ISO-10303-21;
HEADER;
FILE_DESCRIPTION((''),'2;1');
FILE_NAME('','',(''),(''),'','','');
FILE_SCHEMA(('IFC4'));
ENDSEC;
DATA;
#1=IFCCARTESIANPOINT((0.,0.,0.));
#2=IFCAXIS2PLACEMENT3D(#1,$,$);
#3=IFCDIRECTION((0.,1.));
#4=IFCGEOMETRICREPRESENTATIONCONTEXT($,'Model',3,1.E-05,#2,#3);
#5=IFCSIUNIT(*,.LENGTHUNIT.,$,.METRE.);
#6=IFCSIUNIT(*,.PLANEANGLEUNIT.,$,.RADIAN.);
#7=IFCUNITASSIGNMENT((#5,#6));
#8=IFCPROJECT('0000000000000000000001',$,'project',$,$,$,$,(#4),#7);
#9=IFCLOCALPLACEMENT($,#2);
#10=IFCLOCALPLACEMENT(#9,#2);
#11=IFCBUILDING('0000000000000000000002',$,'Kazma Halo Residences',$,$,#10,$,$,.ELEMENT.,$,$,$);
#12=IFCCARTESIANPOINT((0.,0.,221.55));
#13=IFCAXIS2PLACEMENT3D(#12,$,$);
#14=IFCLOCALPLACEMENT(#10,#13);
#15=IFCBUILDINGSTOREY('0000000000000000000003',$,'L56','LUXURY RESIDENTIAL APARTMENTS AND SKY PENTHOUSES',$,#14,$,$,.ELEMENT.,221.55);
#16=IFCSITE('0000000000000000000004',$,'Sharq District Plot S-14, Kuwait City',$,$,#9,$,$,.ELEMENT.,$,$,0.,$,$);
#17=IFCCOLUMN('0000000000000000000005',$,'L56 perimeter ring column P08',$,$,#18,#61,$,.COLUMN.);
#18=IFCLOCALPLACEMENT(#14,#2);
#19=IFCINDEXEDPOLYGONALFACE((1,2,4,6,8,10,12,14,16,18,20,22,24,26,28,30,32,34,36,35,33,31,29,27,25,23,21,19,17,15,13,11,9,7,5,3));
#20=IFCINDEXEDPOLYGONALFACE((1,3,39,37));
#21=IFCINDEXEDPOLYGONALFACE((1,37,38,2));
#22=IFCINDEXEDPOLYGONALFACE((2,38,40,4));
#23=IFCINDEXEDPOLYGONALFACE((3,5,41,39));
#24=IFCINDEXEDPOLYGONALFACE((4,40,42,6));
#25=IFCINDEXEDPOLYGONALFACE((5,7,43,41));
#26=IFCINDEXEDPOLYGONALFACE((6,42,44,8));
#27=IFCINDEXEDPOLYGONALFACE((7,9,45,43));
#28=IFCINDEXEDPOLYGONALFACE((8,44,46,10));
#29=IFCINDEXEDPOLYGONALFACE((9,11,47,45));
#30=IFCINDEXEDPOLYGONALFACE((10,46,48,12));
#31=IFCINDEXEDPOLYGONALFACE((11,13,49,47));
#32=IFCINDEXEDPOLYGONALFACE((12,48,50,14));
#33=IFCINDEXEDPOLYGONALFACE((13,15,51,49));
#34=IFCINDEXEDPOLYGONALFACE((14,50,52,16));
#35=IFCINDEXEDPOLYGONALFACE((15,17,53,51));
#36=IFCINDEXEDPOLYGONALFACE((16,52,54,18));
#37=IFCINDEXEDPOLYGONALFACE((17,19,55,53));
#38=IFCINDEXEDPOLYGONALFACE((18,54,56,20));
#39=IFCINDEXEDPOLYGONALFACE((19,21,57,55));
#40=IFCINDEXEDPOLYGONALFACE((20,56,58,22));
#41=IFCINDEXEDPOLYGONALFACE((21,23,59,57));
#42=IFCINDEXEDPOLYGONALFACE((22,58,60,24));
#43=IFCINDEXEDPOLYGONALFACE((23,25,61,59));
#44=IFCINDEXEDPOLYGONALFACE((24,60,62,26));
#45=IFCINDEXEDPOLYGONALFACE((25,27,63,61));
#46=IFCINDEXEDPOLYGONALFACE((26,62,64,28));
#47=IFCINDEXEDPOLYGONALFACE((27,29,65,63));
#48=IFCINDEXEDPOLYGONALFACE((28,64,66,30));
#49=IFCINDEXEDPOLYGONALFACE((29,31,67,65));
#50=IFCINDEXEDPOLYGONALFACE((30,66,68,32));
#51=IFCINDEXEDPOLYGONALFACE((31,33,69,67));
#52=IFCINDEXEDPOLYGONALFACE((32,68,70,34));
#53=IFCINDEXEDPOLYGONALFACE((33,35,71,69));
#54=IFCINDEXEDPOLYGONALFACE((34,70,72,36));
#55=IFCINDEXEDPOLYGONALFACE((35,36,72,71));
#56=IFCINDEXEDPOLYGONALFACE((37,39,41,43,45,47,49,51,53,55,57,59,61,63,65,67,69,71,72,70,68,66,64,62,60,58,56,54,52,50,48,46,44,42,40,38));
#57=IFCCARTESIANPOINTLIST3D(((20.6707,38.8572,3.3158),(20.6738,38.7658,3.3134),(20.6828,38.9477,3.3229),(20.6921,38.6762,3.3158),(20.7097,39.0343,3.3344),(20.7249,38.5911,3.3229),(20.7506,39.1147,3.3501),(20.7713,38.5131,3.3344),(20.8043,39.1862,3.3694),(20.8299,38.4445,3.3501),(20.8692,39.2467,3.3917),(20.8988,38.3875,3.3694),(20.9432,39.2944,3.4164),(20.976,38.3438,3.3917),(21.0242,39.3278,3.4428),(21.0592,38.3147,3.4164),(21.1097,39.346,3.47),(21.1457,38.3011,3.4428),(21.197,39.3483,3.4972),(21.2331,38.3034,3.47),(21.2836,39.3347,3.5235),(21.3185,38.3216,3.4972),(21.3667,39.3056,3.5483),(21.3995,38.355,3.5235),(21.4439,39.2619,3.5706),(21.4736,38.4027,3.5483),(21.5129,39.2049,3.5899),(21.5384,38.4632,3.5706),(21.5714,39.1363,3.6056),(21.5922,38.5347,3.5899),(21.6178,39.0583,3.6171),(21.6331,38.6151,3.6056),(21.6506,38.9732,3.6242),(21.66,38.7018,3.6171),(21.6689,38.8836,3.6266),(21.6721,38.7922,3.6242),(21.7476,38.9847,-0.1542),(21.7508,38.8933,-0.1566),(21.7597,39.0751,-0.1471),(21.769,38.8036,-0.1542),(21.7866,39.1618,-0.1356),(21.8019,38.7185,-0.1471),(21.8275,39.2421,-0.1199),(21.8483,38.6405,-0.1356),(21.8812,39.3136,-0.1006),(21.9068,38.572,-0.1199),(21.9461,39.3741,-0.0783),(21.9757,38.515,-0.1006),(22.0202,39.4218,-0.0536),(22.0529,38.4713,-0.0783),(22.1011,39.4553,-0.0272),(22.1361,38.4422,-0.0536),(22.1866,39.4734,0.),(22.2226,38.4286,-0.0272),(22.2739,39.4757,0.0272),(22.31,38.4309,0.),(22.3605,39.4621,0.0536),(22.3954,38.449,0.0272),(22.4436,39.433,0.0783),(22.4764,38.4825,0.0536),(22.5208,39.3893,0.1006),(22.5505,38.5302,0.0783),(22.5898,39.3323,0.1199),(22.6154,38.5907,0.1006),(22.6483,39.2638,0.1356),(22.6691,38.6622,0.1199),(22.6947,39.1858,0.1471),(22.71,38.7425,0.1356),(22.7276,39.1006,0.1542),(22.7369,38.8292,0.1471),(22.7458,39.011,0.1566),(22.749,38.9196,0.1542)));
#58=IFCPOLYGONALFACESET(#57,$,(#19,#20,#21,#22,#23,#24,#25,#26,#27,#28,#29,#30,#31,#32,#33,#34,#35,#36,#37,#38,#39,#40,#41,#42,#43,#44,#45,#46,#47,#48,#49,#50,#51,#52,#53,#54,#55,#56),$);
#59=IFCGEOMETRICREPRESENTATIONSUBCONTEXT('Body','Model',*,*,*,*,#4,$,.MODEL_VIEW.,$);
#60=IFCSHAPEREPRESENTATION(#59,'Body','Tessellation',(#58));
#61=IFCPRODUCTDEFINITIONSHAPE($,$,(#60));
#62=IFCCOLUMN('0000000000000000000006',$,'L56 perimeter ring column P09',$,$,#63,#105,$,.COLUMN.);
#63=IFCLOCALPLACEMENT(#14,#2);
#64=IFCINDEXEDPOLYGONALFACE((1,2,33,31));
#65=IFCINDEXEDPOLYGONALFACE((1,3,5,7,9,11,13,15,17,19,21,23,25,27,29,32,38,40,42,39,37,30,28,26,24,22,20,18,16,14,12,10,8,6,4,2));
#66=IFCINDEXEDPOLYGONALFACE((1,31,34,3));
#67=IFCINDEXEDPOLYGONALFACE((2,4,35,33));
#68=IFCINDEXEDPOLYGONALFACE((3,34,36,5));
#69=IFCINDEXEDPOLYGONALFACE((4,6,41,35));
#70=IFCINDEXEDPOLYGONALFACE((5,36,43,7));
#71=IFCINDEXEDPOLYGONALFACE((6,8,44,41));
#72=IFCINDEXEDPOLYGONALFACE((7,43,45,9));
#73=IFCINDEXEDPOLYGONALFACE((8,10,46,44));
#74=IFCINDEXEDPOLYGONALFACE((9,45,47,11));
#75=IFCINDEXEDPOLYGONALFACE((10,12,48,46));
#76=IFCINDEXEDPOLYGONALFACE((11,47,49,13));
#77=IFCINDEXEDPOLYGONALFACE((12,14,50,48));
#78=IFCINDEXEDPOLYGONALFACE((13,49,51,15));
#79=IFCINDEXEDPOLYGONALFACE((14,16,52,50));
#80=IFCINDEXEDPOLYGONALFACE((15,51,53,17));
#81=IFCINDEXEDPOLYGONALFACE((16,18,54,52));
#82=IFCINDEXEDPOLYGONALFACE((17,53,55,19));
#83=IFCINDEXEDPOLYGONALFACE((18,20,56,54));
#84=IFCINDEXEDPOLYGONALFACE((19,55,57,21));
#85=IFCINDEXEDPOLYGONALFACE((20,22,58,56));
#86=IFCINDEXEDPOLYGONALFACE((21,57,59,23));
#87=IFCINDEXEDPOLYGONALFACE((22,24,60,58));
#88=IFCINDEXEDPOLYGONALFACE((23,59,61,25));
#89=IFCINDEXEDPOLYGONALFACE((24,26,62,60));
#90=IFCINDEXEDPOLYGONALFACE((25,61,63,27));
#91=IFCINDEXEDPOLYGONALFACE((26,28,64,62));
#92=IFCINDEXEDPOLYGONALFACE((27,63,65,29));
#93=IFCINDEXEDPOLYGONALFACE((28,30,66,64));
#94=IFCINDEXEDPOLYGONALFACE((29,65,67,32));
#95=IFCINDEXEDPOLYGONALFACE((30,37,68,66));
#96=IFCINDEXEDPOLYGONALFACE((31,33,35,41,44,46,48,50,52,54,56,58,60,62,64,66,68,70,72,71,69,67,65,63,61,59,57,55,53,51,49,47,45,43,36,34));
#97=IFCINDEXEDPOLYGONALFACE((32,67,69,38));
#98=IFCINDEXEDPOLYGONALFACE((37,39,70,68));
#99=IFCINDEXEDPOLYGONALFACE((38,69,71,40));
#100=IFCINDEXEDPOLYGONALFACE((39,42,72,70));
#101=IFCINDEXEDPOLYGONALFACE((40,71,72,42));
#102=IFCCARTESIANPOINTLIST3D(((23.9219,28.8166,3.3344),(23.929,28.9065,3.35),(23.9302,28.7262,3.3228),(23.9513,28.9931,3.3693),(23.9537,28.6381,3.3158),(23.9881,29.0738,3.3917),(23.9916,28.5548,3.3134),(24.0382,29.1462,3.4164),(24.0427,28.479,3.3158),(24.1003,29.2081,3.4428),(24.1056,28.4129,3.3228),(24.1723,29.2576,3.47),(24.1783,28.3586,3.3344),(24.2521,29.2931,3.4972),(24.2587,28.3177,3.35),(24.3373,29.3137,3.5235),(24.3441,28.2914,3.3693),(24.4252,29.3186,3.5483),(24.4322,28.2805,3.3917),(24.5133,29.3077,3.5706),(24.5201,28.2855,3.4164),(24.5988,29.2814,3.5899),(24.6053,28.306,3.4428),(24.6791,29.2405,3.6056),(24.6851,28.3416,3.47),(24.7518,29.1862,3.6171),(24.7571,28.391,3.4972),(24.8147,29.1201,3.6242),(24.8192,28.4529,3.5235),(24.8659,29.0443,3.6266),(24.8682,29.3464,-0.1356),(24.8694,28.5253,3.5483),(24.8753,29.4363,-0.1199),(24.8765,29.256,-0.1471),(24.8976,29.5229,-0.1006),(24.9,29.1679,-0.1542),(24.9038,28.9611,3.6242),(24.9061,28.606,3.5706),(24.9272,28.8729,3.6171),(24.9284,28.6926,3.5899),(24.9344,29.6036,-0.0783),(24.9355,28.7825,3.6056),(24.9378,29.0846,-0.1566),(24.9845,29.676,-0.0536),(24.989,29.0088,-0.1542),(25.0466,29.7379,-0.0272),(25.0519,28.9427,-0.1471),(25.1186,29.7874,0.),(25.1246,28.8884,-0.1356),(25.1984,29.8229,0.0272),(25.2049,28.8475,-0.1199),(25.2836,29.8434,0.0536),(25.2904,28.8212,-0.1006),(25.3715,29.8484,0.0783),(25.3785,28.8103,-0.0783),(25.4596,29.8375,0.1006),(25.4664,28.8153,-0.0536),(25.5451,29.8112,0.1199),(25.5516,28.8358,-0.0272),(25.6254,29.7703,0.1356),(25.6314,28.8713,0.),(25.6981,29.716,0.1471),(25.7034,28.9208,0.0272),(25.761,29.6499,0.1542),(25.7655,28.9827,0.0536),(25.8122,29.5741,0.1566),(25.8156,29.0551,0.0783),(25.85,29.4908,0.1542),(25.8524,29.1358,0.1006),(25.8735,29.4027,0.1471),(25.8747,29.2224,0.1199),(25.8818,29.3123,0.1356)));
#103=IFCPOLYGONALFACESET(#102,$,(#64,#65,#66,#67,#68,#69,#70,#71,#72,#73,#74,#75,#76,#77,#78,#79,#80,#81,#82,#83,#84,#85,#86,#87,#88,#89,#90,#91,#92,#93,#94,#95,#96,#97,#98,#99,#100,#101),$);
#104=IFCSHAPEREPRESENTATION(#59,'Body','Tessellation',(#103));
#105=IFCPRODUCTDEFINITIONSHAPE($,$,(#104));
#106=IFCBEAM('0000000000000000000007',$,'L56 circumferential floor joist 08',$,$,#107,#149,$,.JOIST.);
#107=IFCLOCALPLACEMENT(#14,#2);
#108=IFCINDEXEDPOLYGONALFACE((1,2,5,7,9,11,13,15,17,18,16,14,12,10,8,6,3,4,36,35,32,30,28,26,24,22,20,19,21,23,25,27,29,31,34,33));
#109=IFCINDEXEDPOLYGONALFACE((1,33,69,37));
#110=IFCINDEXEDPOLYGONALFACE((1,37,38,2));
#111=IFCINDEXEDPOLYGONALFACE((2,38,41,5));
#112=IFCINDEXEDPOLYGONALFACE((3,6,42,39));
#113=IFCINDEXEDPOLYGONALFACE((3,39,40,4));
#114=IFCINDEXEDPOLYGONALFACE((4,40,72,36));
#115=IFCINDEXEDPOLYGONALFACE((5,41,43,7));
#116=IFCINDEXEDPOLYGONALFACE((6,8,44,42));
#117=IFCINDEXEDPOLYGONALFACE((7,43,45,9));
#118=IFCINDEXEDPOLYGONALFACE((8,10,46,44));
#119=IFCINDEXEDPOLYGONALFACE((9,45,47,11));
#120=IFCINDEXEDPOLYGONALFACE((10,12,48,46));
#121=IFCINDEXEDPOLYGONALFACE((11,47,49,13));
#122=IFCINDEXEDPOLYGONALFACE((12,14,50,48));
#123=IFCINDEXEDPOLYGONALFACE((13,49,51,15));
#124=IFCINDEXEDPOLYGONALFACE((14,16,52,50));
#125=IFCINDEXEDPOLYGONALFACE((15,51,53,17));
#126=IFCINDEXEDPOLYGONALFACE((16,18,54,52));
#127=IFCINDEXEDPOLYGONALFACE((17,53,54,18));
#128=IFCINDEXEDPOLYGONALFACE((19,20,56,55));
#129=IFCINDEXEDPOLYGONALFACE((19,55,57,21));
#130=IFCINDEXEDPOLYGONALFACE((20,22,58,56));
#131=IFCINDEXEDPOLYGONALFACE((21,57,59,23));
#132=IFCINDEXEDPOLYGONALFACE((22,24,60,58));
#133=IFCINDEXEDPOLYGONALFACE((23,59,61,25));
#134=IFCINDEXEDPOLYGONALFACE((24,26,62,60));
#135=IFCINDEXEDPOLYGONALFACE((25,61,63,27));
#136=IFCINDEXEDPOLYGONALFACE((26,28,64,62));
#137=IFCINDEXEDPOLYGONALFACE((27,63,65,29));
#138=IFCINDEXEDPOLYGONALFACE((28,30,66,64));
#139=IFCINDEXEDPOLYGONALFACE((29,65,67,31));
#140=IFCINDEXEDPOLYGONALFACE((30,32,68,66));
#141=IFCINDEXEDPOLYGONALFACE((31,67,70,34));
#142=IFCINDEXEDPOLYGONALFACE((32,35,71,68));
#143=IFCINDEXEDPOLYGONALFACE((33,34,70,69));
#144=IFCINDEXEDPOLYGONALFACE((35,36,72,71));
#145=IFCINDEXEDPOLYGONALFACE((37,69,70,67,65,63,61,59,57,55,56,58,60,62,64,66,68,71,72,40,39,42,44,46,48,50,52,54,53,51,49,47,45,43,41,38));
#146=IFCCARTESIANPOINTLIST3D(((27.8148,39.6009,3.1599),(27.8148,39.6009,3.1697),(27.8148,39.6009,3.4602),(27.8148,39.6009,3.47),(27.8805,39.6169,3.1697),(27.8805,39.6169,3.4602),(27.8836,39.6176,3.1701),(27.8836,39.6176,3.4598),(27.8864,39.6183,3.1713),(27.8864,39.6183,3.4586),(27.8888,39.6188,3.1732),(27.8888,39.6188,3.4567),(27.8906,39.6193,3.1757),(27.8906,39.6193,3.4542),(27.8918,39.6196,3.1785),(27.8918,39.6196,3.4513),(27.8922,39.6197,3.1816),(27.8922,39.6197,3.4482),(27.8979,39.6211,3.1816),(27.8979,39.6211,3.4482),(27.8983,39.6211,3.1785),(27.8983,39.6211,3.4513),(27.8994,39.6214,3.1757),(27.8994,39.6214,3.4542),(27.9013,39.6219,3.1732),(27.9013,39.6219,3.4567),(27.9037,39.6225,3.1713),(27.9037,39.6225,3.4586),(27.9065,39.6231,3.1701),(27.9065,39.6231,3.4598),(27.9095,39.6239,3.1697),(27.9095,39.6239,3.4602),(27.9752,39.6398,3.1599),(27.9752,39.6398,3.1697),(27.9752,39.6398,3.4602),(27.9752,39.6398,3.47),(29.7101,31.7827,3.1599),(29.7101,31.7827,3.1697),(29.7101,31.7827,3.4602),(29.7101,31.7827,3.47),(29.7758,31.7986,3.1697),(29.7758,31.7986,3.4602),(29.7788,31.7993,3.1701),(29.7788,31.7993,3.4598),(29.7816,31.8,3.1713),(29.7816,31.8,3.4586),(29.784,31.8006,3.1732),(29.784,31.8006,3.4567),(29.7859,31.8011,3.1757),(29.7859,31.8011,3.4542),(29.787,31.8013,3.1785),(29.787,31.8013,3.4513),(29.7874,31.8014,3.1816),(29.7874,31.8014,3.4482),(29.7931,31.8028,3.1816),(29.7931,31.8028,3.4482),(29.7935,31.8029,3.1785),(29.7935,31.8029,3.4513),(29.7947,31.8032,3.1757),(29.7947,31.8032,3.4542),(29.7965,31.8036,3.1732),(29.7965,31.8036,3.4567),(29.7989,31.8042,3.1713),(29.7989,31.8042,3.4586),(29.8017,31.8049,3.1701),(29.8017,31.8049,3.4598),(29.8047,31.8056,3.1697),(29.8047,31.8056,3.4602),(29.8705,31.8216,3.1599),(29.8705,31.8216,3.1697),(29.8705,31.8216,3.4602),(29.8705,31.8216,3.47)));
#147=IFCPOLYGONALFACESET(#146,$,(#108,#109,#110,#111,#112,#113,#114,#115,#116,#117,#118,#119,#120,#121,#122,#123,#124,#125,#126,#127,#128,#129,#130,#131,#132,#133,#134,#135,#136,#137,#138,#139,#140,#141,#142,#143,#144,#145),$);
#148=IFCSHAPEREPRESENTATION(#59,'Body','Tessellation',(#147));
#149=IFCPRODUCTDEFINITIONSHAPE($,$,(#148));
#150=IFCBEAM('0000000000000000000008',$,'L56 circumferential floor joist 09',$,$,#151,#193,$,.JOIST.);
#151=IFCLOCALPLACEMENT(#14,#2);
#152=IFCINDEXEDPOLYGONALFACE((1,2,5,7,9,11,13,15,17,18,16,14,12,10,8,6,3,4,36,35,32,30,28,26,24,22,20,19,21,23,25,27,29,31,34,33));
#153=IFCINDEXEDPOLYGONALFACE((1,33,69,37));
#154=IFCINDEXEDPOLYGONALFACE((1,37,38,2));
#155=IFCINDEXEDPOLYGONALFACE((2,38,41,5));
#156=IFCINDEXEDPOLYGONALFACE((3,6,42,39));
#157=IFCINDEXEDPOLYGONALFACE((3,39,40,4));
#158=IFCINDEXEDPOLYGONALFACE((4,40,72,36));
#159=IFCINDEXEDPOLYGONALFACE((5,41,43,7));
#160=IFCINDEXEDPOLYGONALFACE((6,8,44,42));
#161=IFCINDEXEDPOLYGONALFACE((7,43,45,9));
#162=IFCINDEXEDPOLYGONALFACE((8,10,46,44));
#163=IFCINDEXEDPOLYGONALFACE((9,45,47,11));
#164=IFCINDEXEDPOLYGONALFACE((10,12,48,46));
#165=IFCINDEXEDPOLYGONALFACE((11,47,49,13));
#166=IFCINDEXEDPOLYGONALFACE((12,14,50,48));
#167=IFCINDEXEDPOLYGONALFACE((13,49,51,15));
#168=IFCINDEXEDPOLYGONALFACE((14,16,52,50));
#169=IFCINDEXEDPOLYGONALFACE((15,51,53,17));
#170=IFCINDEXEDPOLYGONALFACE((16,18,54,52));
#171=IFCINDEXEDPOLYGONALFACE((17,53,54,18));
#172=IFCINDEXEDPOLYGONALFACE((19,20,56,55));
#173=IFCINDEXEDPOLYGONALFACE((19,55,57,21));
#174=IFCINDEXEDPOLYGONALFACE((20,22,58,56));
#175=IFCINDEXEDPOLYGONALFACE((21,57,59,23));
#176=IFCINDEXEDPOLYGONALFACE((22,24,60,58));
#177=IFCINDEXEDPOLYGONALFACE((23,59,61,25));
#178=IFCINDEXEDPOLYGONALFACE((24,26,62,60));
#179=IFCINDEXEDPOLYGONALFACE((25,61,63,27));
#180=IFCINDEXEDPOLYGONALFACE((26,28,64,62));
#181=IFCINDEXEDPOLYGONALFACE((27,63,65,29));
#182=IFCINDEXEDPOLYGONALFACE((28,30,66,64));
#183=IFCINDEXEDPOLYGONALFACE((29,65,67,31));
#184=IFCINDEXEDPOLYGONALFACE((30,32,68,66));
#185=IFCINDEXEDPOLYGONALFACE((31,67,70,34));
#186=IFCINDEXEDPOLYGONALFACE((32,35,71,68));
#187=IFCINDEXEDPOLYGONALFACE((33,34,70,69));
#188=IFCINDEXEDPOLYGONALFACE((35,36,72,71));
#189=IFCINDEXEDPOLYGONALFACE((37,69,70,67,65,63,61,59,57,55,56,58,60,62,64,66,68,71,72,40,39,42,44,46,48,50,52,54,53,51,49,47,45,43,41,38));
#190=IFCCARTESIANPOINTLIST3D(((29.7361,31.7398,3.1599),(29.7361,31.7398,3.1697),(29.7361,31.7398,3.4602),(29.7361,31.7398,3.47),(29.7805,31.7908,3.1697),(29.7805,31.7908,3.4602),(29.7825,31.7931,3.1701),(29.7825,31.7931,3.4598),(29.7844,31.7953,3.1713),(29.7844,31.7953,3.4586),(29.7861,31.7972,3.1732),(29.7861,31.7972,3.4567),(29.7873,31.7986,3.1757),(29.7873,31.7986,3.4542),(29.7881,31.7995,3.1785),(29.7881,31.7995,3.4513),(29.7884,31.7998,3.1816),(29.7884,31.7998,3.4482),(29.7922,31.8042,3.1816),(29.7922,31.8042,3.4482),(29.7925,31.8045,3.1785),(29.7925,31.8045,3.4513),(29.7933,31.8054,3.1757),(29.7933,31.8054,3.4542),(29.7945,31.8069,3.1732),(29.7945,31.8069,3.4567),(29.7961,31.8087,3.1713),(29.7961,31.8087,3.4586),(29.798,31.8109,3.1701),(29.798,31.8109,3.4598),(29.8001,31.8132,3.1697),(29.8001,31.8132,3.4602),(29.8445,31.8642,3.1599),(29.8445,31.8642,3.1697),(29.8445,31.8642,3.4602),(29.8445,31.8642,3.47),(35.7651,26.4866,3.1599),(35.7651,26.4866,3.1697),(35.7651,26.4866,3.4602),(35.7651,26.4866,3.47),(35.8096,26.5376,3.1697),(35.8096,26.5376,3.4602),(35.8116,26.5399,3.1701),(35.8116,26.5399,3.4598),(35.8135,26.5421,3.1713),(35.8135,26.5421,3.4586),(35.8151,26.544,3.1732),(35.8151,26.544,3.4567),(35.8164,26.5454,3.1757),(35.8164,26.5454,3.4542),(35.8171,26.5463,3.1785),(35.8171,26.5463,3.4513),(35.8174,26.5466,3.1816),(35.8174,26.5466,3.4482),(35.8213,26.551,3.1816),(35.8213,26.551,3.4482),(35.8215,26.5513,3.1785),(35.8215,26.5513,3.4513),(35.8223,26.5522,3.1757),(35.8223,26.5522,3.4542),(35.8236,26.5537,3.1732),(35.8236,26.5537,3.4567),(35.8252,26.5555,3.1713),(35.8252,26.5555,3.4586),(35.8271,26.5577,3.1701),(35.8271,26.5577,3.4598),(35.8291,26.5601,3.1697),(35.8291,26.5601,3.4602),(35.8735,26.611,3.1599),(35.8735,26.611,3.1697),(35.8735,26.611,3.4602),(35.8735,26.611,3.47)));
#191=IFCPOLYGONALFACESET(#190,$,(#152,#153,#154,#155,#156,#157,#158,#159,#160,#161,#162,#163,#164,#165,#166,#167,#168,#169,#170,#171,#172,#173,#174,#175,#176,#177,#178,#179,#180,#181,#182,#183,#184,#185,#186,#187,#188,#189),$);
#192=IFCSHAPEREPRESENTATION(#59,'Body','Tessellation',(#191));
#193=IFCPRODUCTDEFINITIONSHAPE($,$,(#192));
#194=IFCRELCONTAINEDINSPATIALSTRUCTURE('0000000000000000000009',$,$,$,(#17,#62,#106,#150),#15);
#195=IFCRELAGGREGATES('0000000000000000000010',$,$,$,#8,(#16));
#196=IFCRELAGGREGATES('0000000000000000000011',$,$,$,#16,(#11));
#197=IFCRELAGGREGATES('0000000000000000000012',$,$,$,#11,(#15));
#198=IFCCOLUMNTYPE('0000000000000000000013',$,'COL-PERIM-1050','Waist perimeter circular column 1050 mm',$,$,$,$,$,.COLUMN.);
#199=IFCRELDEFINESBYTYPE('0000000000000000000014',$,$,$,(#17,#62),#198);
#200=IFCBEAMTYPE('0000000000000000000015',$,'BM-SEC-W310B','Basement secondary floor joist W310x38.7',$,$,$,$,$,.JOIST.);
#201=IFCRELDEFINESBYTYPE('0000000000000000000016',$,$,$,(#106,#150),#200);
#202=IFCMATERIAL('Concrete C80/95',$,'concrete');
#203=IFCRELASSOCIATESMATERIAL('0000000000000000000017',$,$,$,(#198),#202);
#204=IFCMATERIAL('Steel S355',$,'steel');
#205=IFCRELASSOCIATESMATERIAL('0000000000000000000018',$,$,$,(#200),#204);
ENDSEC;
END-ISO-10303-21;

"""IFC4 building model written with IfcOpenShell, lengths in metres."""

from ifc_helpers import new_model, si_unit, direction, frame, origin, origin_2d, place, context, subcontext, project, spatial, circle, i_section, extrude, material, material_profile, profile_set, type_object, element, save


model = new_model("IFC4")

# Units and contexts
model_context = context("Model", 3, precision=1e-05, world=origin(), true_north=direction((0.0, 1.0)))
body_context = subcontext(model_context, "Body", "Model", "MODEL_VIEW")
ifc_project = project(units=[si_unit("LENGTHUNIT", "METRE"), si_unit("PLANEANGLEUNIT", "RADIAN")], contexts=[model_context])

# Site, building, storey
site_placement = place(None, origin())
site = spatial("IfcSite", under=ifc_project, at=site_placement, Name="Sharq District Plot S-14, Kuwait City", CompositionType="ELEMENT", RefElevation=0.0)
building_placement = place(site_placement, origin())
building = spatial("IfcBuilding", under=site, at=building_placement, Name="Kazma Halo Residences", CompositionType="ELEMENT")
storey_placement = place(building_placement, frame((0.0, 0.0, 221.55)))
storey = spatial("IfcBuildingStorey", under=building, at=storey_placement, Name="L56", Description="LUXURY RESIDENTIAL APARTMENTS AND SKY PENTHOUSES", CompositionType="ELEMENT", Elevation=221.55)

# Columns
ifc_material_1 = material(Name="Concrete C80/95", Category="concrete")
ifc_material_profile_1 = material_profile(ifc_material_1, circle(Radius=0.5249, at=origin_2d()), Name="CIRC1050")
ifc_profile_set_1 = profile_set([ifc_material_profile_1], Name="Concrete C80/95")
column_type = type_object("IfcColumnType", Name="COL-PERIM-1050", Description="Waist perimeter circular column 1050 mm", PredefinedType="COLUMN", material=ifc_profile_set_1)
for number, where, z_axis, x_axis, name in (
    (1, (22.2483, 38.9521, 0.0), (-0.296221, -0.035055, 0.954476), (0.11752, -0.99307, 0.0), "L56 perimeter ring column P08"),
    (2, (25.375, 29.3293, 0.0), (-0.260292, -0.145726, 0.95447), (0.488507, -0.87256, 0.0), "L56 perimeter ring column P09"),
):
    element("IfcColumn", number, at=place(storey_placement, frame(where, z_axis=z_axis, x_axis=x_axis)), inside=storey, type_object=column_type, Name=name, PredefinedType="COLUMN", context=body_context, shape_type="SweptSolid", body=[
        extrude(circle(Radius=0.5249, at=origin_2d()), origin(), (0.0, 0.0, 1.0), 3.6355),
    ])

# Beams
ifc_material_2 = material(Name="Steel S355", Category="steel")
ifc_material_profile_2 = material_profile(ifc_material_2, i_section(OverallWidth=0.165, OverallDepth=0.3101, WebThickness=0.0059, FlangeThickness=0.0098, FilletRadius=0.012, at=origin_2d()), Name="W310x38.7")
ifc_profile_set_2 = profile_set([ifc_material_profile_2], Name="Steel S355")
beam_type_1 = type_object("IfcBeamType", Name="BM-SEC-W310B", Description="Basement secondary floor joist W310x38.7", PredefinedType="JOIST", material=ifc_profile_set_2)
beam_1_placement = place(storey_placement, frame((27.895, 39.6204, 3.3149), z_axis=(0.235589, -0.971853, 0.0), x_axis=(0.971853, 0.235589, 0.0)))
element("IfcBeam", 3, at=beam_1_placement, inside=storey, type_object=beam_type_1, Name="L56 circumferential floor joist 08", PredefinedType="JOIST", context=body_context, shape_type="SweptSolid", body=[
    extrude(i_section(OverallWidth=0.165, OverallDepth=0.3101, WebThickness=0.0059, FlangeThickness=0.0098, FilletRadius=0.012, at=origin_2d()), origin(), (0.0, 0.0, 1.0), 8.0447),
])
beam_2_placement = place(storey_placement, frame((29.7903, 31.802, 3.3149), z_axis=(0.753954, -0.656927, 0.0), x_axis=(0.656927, 0.753954, 0.0)))
element("IfcBeam", 4, at=beam_2_placement, inside=storey, type_object=beam_type_1, Name="L56 circumferential floor joist 09", PredefinedType="JOIST", context=body_context, shape_type="SweptSolid", body=[
    extrude(i_section(OverallWidth=0.165, OverallDepth=0.3101, WebThickness=0.0059, FlangeThickness=0.0098, FilletRadius=0.012, at=origin_2d()), origin(), (0.0, 0.0, 1.0), 7.9966),
])

save(model, "model.ifc")
